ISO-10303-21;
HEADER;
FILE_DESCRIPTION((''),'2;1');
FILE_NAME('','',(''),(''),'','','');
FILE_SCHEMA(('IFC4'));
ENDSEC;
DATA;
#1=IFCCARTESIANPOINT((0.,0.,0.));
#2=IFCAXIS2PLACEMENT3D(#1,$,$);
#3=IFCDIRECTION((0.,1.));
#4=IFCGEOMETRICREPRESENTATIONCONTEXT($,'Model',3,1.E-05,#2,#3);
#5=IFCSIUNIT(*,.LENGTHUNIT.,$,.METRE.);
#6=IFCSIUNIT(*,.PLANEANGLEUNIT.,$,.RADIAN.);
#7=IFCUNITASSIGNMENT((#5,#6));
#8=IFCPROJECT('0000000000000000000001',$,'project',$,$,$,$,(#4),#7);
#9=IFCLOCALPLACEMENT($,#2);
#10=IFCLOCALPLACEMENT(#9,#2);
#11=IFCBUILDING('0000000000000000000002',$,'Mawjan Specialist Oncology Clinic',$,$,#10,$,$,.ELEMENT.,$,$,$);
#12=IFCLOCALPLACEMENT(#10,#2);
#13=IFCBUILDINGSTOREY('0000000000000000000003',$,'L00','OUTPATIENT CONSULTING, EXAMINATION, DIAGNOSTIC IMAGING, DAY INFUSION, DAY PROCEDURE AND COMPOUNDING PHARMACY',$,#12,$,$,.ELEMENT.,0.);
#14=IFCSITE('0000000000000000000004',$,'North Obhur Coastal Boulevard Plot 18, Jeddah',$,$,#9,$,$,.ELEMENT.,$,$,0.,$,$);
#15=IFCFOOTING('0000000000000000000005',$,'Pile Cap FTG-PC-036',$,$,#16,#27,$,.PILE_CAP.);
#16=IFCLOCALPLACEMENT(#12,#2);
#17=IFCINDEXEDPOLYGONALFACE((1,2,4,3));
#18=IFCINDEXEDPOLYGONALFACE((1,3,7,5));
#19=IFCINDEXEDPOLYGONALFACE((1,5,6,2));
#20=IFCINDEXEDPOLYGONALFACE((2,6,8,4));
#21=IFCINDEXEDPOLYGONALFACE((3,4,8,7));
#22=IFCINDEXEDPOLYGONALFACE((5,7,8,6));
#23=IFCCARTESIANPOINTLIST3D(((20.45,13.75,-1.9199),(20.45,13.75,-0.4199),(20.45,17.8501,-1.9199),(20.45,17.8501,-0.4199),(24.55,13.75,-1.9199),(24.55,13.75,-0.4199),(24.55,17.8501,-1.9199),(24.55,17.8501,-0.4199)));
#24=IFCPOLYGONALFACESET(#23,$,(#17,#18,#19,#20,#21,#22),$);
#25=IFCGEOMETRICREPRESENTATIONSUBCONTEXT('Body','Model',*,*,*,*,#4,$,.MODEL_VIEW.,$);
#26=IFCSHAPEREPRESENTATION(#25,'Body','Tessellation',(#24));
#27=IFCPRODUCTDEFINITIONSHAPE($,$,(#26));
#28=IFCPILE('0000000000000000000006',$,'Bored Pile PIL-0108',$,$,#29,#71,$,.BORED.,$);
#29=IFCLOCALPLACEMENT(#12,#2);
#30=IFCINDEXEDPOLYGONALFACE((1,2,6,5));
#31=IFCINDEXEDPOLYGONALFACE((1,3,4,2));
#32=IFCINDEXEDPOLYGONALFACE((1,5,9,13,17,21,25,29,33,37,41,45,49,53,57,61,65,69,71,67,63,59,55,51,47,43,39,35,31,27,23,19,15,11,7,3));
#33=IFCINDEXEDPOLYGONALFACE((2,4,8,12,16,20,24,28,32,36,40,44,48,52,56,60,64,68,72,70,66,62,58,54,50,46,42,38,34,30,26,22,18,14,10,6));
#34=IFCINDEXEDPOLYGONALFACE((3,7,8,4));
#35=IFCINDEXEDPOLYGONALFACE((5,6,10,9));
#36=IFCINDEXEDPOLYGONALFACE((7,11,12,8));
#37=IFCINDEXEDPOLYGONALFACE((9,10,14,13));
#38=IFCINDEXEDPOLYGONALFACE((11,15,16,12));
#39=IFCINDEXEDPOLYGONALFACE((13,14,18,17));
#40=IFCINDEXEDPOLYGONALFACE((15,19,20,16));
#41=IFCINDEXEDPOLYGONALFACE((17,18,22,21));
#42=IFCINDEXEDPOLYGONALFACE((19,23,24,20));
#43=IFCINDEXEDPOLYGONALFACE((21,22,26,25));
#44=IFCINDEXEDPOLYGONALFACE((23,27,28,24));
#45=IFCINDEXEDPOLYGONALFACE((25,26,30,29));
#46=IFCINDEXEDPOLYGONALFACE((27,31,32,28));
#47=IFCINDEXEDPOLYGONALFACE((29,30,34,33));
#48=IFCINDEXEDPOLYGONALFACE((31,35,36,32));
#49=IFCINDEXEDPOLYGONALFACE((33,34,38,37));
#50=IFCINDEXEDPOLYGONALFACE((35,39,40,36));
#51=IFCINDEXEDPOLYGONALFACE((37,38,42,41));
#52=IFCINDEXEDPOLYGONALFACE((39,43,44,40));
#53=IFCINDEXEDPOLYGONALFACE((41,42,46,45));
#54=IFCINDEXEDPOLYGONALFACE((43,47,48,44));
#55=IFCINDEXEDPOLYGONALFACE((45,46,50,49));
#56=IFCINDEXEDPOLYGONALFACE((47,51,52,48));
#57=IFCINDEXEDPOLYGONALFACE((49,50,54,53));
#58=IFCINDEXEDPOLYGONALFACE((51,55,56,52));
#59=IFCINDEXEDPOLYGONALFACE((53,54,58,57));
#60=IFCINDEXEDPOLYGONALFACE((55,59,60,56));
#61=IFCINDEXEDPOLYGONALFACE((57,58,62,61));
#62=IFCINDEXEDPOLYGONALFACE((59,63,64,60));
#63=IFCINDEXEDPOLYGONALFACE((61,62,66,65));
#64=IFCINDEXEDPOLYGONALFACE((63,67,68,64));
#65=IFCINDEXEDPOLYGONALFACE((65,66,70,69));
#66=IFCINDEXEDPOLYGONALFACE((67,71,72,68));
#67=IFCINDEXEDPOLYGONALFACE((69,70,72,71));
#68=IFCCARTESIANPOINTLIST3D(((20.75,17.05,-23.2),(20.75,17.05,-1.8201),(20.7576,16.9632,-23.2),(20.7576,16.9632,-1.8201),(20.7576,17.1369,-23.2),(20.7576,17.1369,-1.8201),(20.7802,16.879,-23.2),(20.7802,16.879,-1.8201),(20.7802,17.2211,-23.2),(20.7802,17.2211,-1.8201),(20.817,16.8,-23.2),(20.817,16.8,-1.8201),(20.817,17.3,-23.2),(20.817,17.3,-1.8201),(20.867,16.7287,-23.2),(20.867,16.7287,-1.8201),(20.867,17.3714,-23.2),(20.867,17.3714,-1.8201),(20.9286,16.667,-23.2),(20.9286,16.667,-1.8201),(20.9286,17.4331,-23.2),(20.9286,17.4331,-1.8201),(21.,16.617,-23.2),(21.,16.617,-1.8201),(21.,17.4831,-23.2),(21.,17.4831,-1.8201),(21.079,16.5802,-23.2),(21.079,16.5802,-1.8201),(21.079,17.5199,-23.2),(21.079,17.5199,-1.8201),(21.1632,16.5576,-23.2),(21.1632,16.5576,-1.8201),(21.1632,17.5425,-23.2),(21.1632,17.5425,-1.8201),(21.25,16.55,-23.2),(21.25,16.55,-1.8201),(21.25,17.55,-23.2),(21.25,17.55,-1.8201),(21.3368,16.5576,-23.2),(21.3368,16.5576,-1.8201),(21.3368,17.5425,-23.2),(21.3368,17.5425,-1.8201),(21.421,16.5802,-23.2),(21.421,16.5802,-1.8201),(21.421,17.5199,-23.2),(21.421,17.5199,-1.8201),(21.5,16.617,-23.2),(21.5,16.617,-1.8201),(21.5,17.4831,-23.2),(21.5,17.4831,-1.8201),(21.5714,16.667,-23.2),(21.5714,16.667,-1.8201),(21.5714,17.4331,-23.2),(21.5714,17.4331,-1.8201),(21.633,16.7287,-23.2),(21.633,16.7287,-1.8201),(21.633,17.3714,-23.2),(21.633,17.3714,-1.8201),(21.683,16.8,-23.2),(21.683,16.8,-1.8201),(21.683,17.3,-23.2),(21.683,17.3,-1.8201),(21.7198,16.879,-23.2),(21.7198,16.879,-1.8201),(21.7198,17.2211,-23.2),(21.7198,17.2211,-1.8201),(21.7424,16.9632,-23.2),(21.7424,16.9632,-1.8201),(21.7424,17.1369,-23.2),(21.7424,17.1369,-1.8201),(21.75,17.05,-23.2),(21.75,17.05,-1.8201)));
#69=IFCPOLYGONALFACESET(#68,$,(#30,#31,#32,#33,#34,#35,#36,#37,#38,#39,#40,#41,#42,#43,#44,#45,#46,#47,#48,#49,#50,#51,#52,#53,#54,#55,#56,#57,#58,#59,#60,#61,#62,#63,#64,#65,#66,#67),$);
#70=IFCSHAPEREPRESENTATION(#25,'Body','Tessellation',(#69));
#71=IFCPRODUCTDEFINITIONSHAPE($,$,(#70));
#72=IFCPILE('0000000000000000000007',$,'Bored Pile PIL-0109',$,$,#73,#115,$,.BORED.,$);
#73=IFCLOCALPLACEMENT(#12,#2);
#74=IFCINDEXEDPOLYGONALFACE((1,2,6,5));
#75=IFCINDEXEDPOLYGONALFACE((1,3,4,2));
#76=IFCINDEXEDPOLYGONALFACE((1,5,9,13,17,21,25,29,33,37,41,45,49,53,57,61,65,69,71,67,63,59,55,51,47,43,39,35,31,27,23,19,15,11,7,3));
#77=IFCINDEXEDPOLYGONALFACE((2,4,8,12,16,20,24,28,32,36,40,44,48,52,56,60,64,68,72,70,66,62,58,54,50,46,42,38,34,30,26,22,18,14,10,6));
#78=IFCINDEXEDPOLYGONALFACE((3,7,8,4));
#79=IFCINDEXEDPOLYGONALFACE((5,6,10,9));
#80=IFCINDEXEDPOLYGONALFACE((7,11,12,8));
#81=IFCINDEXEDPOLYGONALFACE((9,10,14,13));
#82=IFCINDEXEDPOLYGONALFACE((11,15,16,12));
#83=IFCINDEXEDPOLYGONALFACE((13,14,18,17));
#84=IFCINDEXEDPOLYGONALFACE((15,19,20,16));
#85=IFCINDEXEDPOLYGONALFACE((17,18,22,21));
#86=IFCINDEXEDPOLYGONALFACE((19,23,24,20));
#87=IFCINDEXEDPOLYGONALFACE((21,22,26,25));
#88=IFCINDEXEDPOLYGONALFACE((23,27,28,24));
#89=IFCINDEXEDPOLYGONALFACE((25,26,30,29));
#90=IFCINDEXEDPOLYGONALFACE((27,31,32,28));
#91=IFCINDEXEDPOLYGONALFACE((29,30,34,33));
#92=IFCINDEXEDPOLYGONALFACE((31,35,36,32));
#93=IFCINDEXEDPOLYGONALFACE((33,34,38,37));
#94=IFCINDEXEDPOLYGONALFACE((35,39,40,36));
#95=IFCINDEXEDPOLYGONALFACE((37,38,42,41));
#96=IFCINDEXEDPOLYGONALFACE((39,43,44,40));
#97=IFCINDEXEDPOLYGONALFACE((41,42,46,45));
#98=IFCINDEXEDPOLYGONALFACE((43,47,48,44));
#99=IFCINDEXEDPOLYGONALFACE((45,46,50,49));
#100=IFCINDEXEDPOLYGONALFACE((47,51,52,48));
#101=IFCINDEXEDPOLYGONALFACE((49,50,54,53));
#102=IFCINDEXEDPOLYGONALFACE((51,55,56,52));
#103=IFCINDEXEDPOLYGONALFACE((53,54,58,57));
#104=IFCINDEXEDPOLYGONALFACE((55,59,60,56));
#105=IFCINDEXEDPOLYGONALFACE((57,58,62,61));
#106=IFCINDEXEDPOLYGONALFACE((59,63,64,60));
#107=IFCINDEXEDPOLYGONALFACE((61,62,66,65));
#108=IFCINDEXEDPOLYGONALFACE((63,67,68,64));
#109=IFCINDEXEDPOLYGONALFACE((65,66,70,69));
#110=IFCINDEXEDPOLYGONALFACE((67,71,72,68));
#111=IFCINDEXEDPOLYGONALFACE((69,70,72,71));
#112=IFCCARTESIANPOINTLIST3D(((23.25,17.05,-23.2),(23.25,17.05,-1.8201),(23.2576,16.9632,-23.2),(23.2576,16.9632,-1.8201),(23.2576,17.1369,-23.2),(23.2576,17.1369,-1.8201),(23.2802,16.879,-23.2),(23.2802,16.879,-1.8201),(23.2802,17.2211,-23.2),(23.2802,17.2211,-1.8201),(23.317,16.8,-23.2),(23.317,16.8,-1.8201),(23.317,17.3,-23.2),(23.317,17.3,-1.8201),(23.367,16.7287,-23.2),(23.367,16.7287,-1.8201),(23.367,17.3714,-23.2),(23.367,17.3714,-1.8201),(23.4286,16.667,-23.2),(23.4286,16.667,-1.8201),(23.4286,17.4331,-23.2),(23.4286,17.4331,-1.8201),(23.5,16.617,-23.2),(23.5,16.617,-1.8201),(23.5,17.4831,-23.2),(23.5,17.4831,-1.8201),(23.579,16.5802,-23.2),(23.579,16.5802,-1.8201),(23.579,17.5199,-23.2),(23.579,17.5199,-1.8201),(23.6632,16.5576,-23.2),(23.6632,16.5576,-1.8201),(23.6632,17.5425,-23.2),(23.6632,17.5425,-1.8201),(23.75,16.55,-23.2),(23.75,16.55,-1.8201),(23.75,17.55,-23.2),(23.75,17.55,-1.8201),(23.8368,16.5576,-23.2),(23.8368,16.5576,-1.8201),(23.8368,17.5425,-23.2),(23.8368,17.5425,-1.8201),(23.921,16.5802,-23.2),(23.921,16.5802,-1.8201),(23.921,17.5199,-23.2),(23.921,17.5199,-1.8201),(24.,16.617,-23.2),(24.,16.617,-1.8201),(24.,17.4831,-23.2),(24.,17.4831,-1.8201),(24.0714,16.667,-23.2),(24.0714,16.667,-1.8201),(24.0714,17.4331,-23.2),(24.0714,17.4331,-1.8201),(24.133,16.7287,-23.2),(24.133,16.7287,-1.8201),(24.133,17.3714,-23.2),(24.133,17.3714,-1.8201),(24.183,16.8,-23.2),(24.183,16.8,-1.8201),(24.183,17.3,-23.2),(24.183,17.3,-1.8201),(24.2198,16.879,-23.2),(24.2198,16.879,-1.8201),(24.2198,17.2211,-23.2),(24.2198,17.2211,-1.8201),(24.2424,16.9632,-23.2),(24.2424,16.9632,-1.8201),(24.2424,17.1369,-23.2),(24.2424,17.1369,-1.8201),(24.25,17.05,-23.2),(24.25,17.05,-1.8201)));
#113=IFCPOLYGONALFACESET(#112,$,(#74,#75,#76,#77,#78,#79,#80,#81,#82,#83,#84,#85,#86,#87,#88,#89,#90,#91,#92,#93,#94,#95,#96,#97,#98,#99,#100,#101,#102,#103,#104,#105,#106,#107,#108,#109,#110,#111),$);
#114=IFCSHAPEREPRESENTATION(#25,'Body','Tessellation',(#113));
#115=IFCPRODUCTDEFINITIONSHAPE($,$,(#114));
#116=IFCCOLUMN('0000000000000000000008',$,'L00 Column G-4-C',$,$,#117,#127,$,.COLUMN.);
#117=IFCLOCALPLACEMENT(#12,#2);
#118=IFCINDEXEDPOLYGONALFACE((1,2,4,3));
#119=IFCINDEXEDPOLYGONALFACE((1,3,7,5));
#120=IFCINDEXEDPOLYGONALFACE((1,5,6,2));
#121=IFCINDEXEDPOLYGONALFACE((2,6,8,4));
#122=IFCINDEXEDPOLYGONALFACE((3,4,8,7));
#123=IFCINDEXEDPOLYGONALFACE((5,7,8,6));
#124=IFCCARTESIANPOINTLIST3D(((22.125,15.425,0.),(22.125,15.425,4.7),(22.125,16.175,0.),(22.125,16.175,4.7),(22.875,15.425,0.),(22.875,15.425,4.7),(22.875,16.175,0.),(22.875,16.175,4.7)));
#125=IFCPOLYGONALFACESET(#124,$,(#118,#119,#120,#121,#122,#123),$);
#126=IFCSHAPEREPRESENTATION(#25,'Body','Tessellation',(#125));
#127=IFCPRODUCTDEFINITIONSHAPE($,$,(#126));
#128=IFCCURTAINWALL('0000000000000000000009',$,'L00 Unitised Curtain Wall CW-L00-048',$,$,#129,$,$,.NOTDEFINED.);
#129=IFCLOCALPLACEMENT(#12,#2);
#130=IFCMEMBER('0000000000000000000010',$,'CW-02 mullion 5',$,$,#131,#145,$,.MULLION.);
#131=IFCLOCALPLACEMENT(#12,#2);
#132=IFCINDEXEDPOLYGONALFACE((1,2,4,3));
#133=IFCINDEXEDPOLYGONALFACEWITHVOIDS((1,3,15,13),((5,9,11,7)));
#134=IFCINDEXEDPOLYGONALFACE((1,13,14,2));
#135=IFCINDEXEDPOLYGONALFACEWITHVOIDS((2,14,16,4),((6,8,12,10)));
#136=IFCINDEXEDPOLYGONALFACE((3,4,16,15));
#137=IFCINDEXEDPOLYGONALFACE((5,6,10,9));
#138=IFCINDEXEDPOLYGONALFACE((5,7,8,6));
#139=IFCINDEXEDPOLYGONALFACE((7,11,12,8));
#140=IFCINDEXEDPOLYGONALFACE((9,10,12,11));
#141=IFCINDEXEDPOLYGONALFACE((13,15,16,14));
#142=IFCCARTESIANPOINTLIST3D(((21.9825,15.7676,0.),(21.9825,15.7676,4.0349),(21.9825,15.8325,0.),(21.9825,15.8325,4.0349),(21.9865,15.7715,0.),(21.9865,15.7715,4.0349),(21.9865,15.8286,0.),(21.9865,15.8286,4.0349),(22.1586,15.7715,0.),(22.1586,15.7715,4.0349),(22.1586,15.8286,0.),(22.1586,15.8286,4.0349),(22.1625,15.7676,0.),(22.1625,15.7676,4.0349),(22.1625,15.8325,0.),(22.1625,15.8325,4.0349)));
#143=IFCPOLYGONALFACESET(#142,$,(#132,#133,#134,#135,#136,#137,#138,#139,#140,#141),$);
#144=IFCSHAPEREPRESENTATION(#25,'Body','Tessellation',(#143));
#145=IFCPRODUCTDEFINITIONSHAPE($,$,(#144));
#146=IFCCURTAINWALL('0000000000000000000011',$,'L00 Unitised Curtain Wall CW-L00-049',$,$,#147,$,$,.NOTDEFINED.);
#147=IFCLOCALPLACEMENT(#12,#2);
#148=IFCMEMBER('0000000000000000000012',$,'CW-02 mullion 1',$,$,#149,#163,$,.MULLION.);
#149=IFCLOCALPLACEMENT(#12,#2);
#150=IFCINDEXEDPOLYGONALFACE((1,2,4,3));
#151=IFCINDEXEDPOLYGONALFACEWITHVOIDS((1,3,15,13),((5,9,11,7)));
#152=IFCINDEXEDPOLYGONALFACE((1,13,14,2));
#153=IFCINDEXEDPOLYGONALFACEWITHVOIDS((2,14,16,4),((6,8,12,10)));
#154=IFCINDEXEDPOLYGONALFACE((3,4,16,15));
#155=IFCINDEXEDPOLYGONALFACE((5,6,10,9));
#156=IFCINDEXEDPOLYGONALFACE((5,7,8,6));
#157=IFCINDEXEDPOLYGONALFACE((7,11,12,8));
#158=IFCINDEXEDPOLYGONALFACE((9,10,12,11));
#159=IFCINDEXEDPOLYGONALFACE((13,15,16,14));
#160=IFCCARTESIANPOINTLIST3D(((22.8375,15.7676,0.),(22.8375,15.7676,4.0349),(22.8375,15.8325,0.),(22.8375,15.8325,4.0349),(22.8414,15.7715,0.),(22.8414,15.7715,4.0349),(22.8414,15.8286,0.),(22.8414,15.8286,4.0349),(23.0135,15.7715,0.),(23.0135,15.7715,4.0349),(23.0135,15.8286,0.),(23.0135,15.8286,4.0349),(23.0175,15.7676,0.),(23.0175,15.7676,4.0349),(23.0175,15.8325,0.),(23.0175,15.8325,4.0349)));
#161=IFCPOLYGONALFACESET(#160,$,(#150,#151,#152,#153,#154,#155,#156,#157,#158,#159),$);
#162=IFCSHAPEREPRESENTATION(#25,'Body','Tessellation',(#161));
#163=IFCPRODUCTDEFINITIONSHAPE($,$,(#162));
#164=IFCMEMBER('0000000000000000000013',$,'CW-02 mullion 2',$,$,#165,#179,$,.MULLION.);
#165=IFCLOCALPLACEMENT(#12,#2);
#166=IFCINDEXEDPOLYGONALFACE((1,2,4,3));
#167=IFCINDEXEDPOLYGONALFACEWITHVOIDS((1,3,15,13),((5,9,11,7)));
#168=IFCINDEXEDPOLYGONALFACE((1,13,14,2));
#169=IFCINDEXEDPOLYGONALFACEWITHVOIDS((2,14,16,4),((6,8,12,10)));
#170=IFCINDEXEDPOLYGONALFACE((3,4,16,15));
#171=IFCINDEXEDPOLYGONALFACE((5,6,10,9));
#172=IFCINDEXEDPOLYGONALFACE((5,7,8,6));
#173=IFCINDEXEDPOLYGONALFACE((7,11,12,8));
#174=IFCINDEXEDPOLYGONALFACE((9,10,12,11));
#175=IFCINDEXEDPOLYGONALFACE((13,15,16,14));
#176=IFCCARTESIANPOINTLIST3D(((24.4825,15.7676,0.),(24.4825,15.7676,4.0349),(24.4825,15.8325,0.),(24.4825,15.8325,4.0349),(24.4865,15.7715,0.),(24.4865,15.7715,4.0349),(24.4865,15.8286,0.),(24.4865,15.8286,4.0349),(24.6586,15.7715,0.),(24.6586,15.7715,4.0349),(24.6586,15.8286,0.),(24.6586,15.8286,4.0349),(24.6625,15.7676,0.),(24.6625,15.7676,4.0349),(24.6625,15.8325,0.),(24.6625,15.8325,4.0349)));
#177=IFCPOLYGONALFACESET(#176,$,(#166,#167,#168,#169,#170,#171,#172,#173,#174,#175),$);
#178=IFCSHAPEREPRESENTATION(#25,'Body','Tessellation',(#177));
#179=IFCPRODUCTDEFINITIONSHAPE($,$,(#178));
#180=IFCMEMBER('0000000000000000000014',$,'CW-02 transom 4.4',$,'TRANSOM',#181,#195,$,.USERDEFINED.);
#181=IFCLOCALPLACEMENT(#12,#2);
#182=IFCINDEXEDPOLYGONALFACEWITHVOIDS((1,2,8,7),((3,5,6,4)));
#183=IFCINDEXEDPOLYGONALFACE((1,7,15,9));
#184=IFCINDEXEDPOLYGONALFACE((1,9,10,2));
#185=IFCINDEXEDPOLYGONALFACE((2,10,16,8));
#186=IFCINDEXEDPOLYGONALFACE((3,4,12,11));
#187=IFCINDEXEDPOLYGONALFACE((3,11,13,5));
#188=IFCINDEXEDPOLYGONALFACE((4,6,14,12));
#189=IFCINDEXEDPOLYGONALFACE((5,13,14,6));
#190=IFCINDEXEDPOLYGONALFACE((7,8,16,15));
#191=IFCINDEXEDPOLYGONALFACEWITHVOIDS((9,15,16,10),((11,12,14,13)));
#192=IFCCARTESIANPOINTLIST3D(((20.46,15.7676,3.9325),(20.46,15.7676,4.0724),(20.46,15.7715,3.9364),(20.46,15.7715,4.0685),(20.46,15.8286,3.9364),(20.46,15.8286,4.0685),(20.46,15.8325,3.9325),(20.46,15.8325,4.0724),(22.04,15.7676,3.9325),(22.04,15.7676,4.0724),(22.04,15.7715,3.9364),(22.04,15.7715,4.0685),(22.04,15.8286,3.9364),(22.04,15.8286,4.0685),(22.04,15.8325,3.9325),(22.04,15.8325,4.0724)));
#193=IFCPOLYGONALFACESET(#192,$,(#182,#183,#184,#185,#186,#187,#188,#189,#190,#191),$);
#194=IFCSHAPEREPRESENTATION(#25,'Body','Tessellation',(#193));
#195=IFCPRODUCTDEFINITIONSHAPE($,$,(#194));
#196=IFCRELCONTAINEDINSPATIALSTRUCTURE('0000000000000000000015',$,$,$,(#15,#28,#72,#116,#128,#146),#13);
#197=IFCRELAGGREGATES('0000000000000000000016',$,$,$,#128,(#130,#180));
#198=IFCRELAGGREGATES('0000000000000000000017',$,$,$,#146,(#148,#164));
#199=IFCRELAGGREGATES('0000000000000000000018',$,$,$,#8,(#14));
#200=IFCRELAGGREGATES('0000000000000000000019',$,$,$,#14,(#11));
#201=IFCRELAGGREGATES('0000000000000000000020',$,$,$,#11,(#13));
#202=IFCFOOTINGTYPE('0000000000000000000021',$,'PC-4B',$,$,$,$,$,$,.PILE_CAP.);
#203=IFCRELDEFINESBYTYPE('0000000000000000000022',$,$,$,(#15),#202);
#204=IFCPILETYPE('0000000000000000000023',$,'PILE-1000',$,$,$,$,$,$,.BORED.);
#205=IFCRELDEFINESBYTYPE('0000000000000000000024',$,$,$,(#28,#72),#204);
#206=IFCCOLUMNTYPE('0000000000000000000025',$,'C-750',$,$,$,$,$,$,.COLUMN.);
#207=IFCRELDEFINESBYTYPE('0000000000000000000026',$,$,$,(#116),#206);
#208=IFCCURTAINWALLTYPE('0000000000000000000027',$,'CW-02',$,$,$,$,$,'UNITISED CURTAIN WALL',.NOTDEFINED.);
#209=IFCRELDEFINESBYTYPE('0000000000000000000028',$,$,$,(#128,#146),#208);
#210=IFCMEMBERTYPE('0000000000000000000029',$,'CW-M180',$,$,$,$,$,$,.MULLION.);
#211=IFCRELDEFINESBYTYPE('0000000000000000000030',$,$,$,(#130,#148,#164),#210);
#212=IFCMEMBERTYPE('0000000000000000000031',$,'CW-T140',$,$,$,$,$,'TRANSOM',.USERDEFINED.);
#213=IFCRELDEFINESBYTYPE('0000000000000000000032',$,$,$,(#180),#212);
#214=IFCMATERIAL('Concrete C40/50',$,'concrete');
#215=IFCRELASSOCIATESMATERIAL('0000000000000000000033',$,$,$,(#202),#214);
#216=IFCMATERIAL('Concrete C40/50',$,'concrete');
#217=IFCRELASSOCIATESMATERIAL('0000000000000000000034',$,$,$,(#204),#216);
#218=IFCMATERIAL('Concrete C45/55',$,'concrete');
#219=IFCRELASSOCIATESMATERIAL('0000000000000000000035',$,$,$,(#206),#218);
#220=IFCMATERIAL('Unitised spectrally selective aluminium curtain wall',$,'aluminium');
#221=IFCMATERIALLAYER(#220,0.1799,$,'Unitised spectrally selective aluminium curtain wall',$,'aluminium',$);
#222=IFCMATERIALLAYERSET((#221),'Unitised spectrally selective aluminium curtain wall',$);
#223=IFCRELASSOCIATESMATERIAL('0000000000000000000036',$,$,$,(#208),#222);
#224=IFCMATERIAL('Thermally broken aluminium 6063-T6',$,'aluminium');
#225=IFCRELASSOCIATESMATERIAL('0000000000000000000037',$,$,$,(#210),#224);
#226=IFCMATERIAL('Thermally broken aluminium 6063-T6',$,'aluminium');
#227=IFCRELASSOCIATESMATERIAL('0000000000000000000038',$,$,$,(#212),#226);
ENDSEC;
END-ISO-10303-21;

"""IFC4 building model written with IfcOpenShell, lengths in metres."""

from ifc_helpers import new_model, si_unit, direction, frame, origin, origin_2d, place, context, subcontext, project, spatial, rectangle, hollow_rectangle, circle, extrude, material, layer, layer_set, material_profile, profile_set, type_object, element, aggregate, save


model = new_model("IFC4")

# Units and contexts
model_context = context("Model", 3, precision=1e-05, world=origin(), true_north=direction((0.0, 1.0)))
body_context = subcontext(model_context, "Body", "Model", "MODEL_VIEW")
ifc_project = project(units=[si_unit("LENGTHUNIT", "METRE"), si_unit("PLANEANGLEUNIT", "RADIAN")], contexts=[model_context])

# Site, building, storey
site_placement = place(None, origin())
site = spatial("IfcSite", under=ifc_project, at=site_placement, Name="North Obhur Coastal Boulevard Plot 18, Jeddah", CompositionType="ELEMENT", RefElevation=0.0)
building_placement = place(site_placement, origin())
building = spatial("IfcBuilding", under=site, at=building_placement, Name="Mawjan Specialist Oncology Clinic", CompositionType="ELEMENT")
storey_placement = place(building_placement, origin())
storey = spatial("IfcBuildingStorey", under=building, at=storey_placement, Name="L00", Description="OUTPATIENT CONSULTING, EXAMINATION, DIAGNOSTIC IMAGING, DAY INFUSION, DAY PROCEDURE AND COMPOUNDING PHARMACY", CompositionType="ELEMENT", Elevation=0.0)

# Footing
ifc_material_1 = material(Name="Concrete C40/50", Category="concrete")
footing_type = type_object("IfcFootingType", Name="PC-4B", PredefinedType="PILE_CAP", material=ifc_material_1)
footing_placement = place(storey_placement, frame((22.5, 15.8, -1.9199), z_axis=(0.0, 0.0, 1.0), x_axis=(1.0, 0.0, 0.0)))
element("IfcFooting", 1, at=footing_placement, inside=storey, type_object=footing_type, Name="Pile Cap FTG-PC-036", PredefinedType="PILE_CAP", context=body_context, shape_type="SweptSolid", body=[
    extrude(rectangle(XDim=4.1001, YDim=4.1001, at=origin_2d()), origin(), (0.0, 0.0, 1.0), 1.5),
])

# Piles
ifc_material_2 = material(Name="Concrete C40/50", Category="concrete")
ifc_material_profile_1 = material_profile(ifc_material_2, circle(Radius=0.5, at=origin_2d()), Name="BORED PILE D1000", Category="concrete")
ifc_profile_set_1 = profile_set([ifc_material_profile_1], Name="Concrete C40/50")
pile_type = type_object("IfcPileType", Name="PILE-1000", PredefinedType="BORED", material=ifc_profile_set_1)
for number, where, z_axis, x_axis, name in (
    (2, (21.25, 17.05, -1.8201), (0.0, 0.0, -1.0), (1.0, 0.0, 0.0), "Bored Pile PIL-0108"),
    (3, (23.75, 17.05, -1.8201), (0.0, 0.0, -1.0), (1.0, 0.0, 0.0), "Bored Pile PIL-0109"),
):
    element("IfcPile", number, at=place(storey_placement, frame(where, z_axis=z_axis, x_axis=x_axis)), inside=storey, type_object=pile_type, Name=name, PredefinedType="BORED", context=body_context, shape_type="SweptSolid", body=[
        extrude(circle(Radius=0.5, at=origin_2d()), origin(), (0.0, 0.0, 1.0), 21.3799),
    ])

# Column
ifc_material_3 = material(Name="Concrete C45/55", Category="concrete")
ifc_material_profile_2 = material_profile(ifc_material_3, rectangle(XDim=0.75, YDim=0.75, at=origin_2d()), Name="RC COL 750x750", Category="concrete")
ifc_profile_set_2 = profile_set([ifc_material_profile_2], Name="Concrete C45/55")
column_type = type_object("IfcColumnType", Name="C-750", PredefinedType="COLUMN", material=ifc_profile_set_2)
column_placement = place(storey_placement, frame((22.5, 15.8, 0.0), z_axis=(0.0, 0.0, 1.0), x_axis=(1.0, 0.0, 0.0)))
element("IfcColumn", 4, at=column_placement, inside=storey, type_object=column_type, Name="L00 Column G-4-C", PredefinedType="COLUMN", context=body_context, shape_type="SweptSolid", body=[
    extrude(rectangle(XDim=0.75, YDim=0.75, at=origin_2d()), origin(), (0.0, 0.0, 1.0), 4.7),
])

# Curtain wall, member
ifc_material_4 = material(Name="Unitised spectrally selective aluminium curtain wall", Category="aluminium")
ifc_layer_1 = layer(ifc_material_4, 0.1799, Name="Unitised spectrally selective aluminium curtain wall", Category="aluminium")
ifc_layer_set_1 = layer_set([ifc_layer_1], Name="Unitised spectrally selective aluminium curtain wall")
curtain_wall_type = type_object("IfcCurtainWallType", Name="CW-02", ElementType="UNITISED CURTAIN WALL", PredefinedType="NOTDEFINED", material=ifc_layer_set_1)
curtain_wall_1_placement = place(storey_placement, origin())
curtain_wall_1 = element("IfcCurtainWall", 5, at=curtain_wall_1_placement, inside=storey, type_object=curtain_wall_type, Name="L00 Unitised Curtain Wall CW-L00-048", PredefinedType="NOTDEFINED")
ifc_material_5 = material(Name="Thermally broken aluminium 6063-T6", Category="aluminium")
ifc_material_profile_3 = material_profile(ifc_material_5, hollow_rectangle(XDim=0.0649, YDim=0.1799, WallThickness=0.0039, at=origin_2d()), Name="ALU MULLION 180x65x4", Category="aluminium")
ifc_profile_set_3 = profile_set([ifc_material_profile_3], Name="Thermally broken aluminium 6063-T6")
member_type_1 = type_object("IfcMemberType", Name="CW-M180", PredefinedType="MULLION", material=ifc_profile_set_3)
member_1_placement = place(storey_placement, frame((22.0725, 15.8, 0.0), z_axis=(0.0, 0.0, 1.0), x_axis=(0.0, 1.0, 0.0)))
member_1 = element("IfcMember", 6, at=member_1_placement, type_object=member_type_1, Name="CW-02 mullion 5", PredefinedType="MULLION", context=body_context, shape_type="SweptSolid", body=[
    extrude(hollow_rectangle(XDim=0.0649, YDim=0.1799, WallThickness=0.0039, at=origin_2d()), origin(), (0.0, 0.0, 1.0), 4.0349),
])

# Curtain wall, members
curtain_wall_2_placement = place(storey_placement, origin())
curtain_wall_2 = element("IfcCurtainWall", 7, at=curtain_wall_2_placement, inside=storey, type_object=curtain_wall_type, Name="L00 Unitised Curtain Wall CW-L00-049", PredefinedType="NOTDEFINED")
member_2_placement = place(storey_placement, frame((22.9275, 15.8, 0.0), z_axis=(0.0, 0.0, 1.0), x_axis=(0.0, 1.0, 0.0)))
member_2 = element("IfcMember", 8, at=member_2_placement, type_object=member_type_1, Name="CW-02 mullion 1", PredefinedType="MULLION", context=body_context, shape_type="SweptSolid", body=[
    extrude(hollow_rectangle(XDim=0.0649, YDim=0.1799, WallThickness=0.0039, at=origin_2d()), origin(), (0.0, 0.0, 1.0), 4.0349),
])
member_3_placement = place(storey_placement, frame((24.5725, 15.8, 0.0), z_axis=(0.0, 0.0, 1.0), x_axis=(0.0, 1.0, 0.0)))
member_3 = element("IfcMember", 9, at=member_3_placement, type_object=member_type_1, Name="CW-02 mullion 2", PredefinedType="MULLION", context=body_context, shape_type="SweptSolid", body=[
    extrude(hollow_rectangle(XDim=0.0649, YDim=0.1799, WallThickness=0.0039, at=origin_2d()), origin(), (0.0, 0.0, 1.0), 4.0349),
])

# Member
ifc_material_6 = material(Name="Thermally broken aluminium 6063-T6", Category="aluminium")
ifc_material_profile_4 = material_profile(ifc_material_6, hollow_rectangle(XDim=0.0649, YDim=0.1399, WallThickness=0.0039, at=origin_2d()), Name="ALU TRANSOM 140x65x4", Category="aluminium")
ifc_profile_set_4 = profile_set([ifc_material_profile_4], Name="Thermally broken aluminium 6063-T6")
member_type_2 = type_object("IfcMemberType", Name="CW-T140", ElementType="TRANSOM", PredefinedType="USERDEFINED", material=ifc_profile_set_4)
member_4_placement = place(storey_placement, frame((20.46, 15.8, 4.0024), z_axis=(1.0, 0.0, 0.0), x_axis=(0.0, 1.0, 0.0)))
member_4 = element("IfcMember", 10, at=member_4_placement, type_object=member_type_2, Name="CW-02 transom 4.4", ObjectType="TRANSOM", PredefinedType="USERDEFINED", context=body_context, shape_type="SweptSolid", body=[
    extrude(hollow_rectangle(XDim=0.0649, YDim=0.1399, WallThickness=0.0039, at=origin_2d()), origin(), (0.0, 0.0, 1.0), 1.5801),
])

aggregate(curtain_wall_1, [member_1, member_4])
aggregate(curtain_wall_2, [member_2, member_3])

save(model, "model.ifc")
